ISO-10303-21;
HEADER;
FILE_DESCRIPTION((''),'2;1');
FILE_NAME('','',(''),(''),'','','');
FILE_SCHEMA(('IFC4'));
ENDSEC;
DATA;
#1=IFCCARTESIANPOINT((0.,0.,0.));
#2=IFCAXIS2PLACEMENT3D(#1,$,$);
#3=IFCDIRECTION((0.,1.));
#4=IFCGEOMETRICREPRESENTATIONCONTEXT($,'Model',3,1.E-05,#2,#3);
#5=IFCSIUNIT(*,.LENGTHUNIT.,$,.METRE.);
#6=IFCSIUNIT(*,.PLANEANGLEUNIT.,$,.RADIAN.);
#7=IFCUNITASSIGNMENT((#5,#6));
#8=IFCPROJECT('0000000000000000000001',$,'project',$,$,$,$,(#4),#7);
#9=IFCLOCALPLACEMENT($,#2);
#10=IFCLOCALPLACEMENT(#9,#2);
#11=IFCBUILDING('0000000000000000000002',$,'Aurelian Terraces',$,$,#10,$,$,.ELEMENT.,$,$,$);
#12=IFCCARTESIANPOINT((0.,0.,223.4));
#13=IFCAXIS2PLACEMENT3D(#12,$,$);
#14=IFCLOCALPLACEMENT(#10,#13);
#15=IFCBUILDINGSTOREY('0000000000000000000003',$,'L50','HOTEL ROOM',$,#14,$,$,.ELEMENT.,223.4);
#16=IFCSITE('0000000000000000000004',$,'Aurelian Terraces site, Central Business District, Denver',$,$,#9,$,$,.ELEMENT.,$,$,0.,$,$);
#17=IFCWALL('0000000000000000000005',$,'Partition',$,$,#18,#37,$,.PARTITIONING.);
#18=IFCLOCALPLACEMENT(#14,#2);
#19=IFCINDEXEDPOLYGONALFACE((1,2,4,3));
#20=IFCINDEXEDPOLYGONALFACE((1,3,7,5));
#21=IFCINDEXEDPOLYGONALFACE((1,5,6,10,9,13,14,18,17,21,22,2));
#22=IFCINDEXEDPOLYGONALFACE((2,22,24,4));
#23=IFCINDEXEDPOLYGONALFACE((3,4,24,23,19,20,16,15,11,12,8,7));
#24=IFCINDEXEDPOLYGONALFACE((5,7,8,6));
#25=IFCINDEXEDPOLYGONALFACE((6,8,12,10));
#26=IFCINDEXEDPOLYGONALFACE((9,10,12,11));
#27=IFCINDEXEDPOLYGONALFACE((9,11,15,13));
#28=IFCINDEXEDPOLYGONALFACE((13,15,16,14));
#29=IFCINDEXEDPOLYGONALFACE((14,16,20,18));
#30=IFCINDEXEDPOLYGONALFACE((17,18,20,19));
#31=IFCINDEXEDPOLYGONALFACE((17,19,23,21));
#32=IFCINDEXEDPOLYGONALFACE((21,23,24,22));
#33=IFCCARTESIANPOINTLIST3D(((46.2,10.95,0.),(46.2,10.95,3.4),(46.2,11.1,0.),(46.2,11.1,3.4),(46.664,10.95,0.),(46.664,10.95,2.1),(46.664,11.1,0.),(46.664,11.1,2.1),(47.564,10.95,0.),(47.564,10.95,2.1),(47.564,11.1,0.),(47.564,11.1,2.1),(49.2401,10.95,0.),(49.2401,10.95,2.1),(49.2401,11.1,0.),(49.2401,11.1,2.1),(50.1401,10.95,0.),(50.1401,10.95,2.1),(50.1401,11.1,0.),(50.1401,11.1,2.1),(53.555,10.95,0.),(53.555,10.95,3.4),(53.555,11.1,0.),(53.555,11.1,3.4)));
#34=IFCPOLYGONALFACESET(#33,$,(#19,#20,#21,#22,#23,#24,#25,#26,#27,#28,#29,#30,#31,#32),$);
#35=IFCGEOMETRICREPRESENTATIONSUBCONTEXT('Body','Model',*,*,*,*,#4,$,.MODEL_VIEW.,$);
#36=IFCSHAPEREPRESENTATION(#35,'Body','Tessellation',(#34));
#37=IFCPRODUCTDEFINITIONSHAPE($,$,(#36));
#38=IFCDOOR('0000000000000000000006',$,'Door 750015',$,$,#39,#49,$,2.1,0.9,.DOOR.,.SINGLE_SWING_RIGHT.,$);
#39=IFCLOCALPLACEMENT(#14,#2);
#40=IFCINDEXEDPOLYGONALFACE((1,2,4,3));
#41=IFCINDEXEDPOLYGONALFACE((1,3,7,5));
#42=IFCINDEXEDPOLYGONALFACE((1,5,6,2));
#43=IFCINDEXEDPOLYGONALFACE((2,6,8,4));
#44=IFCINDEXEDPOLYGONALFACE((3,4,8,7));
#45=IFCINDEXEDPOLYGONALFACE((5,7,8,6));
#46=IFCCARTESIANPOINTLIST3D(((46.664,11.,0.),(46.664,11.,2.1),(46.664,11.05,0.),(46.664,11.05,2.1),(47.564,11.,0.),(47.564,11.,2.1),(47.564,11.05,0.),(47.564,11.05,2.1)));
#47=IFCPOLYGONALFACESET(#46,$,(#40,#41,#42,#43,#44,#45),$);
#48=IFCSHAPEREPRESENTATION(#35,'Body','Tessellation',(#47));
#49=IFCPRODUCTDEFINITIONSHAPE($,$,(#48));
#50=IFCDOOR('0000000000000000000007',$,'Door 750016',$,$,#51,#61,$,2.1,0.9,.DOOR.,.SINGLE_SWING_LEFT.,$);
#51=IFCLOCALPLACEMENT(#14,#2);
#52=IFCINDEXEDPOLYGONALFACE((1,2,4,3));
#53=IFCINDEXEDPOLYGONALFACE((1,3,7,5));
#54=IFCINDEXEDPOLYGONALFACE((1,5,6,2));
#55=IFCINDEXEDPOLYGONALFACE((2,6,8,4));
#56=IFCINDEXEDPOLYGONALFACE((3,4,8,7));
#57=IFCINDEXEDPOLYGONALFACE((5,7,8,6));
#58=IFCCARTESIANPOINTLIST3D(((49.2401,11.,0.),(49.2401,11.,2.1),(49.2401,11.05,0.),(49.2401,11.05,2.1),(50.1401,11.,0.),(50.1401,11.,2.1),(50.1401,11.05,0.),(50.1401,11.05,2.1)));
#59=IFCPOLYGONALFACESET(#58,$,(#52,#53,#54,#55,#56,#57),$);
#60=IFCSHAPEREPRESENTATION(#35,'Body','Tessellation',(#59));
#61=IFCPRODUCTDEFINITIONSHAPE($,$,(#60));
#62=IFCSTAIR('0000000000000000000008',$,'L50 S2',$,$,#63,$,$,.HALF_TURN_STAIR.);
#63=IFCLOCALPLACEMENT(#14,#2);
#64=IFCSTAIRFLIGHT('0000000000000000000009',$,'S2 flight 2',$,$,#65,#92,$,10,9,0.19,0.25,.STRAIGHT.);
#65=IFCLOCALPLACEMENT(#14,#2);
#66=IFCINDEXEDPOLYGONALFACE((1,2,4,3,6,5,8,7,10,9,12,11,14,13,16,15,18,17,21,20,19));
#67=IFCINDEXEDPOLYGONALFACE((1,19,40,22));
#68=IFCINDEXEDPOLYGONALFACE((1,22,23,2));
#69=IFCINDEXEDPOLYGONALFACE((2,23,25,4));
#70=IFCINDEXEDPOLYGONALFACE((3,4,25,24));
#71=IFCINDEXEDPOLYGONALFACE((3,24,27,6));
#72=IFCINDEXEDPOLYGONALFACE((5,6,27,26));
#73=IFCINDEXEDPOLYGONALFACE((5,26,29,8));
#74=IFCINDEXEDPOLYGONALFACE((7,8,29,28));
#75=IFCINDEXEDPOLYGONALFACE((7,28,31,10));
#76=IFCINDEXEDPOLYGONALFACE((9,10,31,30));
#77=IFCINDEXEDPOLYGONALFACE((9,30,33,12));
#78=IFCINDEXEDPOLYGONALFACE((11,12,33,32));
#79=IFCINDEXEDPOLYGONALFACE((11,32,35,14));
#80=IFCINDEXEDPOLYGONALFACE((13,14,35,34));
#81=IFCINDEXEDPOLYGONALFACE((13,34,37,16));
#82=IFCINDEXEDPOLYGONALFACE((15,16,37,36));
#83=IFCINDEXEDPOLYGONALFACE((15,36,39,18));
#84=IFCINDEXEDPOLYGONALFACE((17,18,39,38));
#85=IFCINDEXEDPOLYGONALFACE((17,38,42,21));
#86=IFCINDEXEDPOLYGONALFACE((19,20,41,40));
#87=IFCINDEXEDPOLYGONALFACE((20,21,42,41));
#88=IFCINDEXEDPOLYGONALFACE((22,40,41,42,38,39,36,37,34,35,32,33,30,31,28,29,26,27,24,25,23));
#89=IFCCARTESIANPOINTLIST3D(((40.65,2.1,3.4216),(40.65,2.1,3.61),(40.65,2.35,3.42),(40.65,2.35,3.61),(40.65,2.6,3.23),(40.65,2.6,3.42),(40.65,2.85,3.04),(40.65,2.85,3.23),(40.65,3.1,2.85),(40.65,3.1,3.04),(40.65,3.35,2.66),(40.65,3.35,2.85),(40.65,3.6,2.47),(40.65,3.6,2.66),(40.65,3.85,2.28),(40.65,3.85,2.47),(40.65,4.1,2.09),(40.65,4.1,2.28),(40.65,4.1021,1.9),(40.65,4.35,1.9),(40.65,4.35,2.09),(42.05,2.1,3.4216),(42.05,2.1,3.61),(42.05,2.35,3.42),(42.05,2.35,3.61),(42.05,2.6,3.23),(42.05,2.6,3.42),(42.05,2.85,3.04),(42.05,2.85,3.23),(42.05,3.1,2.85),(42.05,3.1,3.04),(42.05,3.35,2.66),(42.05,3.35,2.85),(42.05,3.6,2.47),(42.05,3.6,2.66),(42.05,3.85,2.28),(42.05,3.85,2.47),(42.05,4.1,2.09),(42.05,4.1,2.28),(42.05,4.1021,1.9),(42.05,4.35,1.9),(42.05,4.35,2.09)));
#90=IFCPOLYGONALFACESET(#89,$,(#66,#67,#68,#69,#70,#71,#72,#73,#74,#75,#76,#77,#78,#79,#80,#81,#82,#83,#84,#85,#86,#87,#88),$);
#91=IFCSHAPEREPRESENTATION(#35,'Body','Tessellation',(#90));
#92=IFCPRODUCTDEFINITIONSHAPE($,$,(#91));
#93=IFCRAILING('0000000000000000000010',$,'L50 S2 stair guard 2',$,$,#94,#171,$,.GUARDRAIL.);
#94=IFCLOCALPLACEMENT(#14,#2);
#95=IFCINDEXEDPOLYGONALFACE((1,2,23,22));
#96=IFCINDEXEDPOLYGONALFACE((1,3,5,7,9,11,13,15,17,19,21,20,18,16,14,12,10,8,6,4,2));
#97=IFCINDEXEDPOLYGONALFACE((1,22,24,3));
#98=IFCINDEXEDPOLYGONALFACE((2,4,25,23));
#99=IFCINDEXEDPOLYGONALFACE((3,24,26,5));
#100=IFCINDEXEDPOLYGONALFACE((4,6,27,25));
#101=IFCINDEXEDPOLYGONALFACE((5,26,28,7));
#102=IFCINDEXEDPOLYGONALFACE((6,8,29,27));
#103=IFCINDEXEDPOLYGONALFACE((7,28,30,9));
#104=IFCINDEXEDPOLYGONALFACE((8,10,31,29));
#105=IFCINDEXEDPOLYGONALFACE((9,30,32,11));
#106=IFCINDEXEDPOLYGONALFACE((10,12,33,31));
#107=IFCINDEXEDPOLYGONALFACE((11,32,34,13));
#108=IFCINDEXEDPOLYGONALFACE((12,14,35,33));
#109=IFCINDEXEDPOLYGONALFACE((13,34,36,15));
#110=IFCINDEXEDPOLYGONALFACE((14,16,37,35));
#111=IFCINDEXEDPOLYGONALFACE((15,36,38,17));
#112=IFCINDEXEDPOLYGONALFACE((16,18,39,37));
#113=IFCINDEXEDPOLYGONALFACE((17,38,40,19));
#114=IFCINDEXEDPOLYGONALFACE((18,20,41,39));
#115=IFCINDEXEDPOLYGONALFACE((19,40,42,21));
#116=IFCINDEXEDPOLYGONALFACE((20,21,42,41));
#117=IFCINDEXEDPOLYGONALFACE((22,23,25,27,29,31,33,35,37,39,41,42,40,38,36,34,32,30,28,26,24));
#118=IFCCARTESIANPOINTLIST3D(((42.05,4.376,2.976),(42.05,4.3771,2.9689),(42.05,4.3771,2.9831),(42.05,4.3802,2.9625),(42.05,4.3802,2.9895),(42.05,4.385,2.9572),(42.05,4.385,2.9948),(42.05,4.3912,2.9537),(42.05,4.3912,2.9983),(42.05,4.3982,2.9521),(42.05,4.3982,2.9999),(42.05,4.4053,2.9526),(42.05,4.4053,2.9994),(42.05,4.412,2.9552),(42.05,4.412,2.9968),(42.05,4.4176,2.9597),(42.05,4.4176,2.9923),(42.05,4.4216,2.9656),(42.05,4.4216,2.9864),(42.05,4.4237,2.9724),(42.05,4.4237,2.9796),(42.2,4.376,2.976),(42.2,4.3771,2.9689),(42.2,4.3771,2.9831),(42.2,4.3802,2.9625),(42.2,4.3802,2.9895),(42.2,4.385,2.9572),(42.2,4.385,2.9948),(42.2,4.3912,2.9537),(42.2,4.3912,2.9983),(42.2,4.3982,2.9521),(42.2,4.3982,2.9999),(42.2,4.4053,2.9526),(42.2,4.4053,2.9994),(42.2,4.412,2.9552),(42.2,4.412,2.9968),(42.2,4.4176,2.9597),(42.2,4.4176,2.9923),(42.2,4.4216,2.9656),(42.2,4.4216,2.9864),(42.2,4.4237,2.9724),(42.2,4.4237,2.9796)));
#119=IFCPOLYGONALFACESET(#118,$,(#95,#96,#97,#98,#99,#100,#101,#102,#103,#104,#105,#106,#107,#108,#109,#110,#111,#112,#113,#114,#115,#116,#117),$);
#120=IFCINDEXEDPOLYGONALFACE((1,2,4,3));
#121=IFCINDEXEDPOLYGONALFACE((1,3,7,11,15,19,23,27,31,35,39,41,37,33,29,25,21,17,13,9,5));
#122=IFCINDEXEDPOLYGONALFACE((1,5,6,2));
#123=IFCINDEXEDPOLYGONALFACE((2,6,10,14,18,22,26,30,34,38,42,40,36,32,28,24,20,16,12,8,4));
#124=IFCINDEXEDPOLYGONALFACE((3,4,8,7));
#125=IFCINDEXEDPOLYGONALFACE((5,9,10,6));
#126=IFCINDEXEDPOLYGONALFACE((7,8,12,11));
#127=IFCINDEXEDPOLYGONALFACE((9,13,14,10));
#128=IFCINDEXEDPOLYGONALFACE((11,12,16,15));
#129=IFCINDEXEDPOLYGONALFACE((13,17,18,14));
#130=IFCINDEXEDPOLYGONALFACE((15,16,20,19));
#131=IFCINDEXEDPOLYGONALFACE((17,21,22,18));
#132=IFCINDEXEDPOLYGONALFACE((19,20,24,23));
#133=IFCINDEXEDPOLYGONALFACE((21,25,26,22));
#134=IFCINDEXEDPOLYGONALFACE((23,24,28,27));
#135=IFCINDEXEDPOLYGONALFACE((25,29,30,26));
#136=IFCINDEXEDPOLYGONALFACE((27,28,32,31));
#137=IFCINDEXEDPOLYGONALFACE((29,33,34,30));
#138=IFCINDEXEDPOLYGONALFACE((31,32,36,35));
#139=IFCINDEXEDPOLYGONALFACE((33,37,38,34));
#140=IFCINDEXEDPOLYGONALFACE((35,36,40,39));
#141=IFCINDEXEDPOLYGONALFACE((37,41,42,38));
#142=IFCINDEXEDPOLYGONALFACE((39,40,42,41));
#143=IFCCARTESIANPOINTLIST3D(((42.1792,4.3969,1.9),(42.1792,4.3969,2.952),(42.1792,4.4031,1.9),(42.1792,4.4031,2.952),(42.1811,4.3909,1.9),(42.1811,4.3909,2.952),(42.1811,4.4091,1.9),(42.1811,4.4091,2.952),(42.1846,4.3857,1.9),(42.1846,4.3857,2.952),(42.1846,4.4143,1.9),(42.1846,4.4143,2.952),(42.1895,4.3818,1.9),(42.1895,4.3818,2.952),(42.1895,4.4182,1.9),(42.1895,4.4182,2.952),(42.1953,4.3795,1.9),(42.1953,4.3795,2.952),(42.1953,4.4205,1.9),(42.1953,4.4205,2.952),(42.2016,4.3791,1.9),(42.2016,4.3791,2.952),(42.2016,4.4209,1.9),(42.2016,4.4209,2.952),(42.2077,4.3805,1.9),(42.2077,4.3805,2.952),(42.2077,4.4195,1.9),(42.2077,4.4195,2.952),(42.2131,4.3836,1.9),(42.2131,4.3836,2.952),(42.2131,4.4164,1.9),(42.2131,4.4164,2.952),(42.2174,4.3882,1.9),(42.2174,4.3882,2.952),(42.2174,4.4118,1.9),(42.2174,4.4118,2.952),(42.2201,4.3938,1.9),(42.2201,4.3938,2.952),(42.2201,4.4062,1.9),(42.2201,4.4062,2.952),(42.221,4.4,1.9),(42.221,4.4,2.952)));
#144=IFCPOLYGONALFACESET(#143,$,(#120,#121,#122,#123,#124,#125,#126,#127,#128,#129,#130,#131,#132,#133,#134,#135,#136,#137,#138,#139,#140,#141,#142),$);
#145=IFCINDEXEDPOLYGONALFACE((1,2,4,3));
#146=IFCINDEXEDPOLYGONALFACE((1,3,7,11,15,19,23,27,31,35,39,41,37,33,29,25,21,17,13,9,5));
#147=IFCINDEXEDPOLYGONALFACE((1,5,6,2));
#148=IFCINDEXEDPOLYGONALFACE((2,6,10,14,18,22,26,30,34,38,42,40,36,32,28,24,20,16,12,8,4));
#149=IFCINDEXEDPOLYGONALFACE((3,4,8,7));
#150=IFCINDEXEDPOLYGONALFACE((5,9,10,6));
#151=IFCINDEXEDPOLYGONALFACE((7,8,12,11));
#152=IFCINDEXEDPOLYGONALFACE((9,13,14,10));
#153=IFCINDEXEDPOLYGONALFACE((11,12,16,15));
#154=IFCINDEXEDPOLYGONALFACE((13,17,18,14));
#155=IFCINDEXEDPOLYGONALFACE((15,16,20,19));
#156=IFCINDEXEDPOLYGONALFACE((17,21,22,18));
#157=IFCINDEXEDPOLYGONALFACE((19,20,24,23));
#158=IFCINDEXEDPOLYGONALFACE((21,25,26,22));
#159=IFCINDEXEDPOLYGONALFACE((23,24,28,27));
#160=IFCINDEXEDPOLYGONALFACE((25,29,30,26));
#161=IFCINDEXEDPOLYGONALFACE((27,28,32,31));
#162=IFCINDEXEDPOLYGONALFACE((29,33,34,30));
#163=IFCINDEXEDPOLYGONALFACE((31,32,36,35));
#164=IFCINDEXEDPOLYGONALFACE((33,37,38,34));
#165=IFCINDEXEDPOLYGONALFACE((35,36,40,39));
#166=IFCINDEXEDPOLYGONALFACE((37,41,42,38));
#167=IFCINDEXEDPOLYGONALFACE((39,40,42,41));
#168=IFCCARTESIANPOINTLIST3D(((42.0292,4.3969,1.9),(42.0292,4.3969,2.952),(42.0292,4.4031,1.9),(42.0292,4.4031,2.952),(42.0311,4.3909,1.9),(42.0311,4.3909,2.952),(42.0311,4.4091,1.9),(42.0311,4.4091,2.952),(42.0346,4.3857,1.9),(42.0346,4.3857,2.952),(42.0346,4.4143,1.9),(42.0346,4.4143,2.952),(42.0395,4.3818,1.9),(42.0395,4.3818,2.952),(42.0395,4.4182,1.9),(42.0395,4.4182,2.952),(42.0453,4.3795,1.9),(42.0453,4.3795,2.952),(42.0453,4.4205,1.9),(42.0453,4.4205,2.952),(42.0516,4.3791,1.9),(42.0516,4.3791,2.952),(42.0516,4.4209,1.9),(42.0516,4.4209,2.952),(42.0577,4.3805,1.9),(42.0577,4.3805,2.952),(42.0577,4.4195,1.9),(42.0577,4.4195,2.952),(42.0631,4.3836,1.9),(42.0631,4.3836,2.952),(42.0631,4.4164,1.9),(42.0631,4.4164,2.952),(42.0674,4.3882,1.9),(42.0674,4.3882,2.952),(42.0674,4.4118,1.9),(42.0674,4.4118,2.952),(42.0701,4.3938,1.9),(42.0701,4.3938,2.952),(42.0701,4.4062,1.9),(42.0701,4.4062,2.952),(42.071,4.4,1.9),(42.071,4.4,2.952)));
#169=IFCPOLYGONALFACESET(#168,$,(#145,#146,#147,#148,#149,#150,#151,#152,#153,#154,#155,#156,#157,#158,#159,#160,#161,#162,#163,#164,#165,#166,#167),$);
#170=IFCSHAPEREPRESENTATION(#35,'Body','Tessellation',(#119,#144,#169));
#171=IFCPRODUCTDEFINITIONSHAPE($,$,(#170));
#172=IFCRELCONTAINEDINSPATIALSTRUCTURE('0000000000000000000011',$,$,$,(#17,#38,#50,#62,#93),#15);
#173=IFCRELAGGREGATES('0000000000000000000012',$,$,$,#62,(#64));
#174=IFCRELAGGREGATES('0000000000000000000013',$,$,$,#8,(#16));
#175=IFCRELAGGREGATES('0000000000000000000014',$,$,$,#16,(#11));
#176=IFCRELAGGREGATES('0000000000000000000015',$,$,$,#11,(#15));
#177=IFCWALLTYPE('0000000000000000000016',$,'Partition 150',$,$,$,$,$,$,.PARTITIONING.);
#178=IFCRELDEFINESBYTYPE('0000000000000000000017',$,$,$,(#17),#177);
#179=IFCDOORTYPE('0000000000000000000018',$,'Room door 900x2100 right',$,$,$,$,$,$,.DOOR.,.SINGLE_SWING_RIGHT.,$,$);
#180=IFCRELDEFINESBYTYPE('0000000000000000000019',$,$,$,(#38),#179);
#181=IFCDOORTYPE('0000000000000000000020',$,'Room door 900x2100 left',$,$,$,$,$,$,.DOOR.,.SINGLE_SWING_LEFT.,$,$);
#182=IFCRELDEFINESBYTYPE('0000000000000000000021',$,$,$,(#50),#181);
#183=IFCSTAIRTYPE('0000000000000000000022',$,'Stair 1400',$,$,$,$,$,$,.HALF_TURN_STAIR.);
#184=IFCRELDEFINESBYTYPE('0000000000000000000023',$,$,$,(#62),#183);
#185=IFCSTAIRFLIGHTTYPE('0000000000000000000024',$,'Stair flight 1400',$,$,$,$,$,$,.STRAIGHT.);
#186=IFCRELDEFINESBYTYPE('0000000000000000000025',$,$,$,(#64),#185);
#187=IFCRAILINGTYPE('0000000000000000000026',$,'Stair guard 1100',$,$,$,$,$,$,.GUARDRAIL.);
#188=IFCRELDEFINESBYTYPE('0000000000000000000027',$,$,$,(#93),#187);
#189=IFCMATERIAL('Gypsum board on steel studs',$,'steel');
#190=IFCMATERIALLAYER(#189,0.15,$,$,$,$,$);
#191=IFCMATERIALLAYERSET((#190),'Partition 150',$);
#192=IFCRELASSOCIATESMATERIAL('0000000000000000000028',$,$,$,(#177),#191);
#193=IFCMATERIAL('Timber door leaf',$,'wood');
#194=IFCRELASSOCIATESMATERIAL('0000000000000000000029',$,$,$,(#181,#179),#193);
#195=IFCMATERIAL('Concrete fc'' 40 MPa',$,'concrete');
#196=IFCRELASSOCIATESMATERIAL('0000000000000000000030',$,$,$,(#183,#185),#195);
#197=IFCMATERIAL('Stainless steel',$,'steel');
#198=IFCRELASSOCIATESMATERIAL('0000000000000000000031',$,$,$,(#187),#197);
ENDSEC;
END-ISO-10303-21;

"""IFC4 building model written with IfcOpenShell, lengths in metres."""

from ifc_helpers import new_model, si_unit, direction, frame, frame_2d, origin, origin_2d, place, context, subcontext, project, spatial, polyline, rectangle, circle, outline, extrude, source, transform, mapped, material, layer, layer_set, type_object, element, fill, aggregate, save


model = new_model("IFC4")

# Units and contexts
model_context = context("Model", 3, precision=1e-05, world=origin(), true_north=direction((0.0, 1.0)))
body_context = subcontext(model_context, "Body", "Model", "MODEL_VIEW")
ifc_project = project(units=[si_unit("LENGTHUNIT", "METRE"), si_unit("PLANEANGLEUNIT", "RADIAN")], contexts=[model_context])

# Site, building, storey
site_placement = place(None, origin())
site = spatial("IfcSite", under=ifc_project, at=site_placement, Name="Aurelian Terraces site, Central Business District, Denver", CompositionType="ELEMENT", RefElevation=0.0)
building_placement = place(site_placement, origin())
building = spatial("IfcBuilding", under=site, at=building_placement, Name="Aurelian Terraces", CompositionType="ELEMENT")
storey_placement = place(building_placement, frame((0.0, 0.0, 223.4)))
storey = spatial("IfcBuildingStorey", under=building, at=storey_placement, Name="L50", Description="HOTEL ROOM", CompositionType="ELEMENT", Elevation=223.4)

# Shared definitions
ifc_material_1 = material(Name="Gypsum board on steel studs", Category="steel")
ifc_layer_1 = layer(ifc_material_1, 0.15)
ifc_layer_set_1 = layer_set([ifc_layer_1], Name="Partition 150")
wall_type_1 = type_object("IfcWallType", Name="Partition 150", PredefinedType="PARTITIONING", material=ifc_layer_set_1)

# Shared definitions
shared_shape_1 = source(origin(), body_context, "Body", "SweptSolid", [
    extrude(rectangle(XDim=0.9, YDim=2.1, at=frame_2d((0.45, 1.05))), frame((0.0, 0.085, 0.0), z_axis=(0.0, -1.0, 0.0), x_axis=(1.0, 0.0, 0.0)), (0.0, 0.0, 1.0), 0.17),
])
ifc_material_2 = material(Name="Timber door leaf", Category="wood")
door_type_1 = type_object("IfcDoorType", Name="Room door 900x2100 left", OperationType="SINGLE_SWING_LEFT", PredefinedType="DOOR", material=ifc_material_2)
shared_shape_2 = source(origin(), body_context, "Body", "SweptSolid", [
    extrude(rectangle(XDim=0.9, YDim=2.1, at=frame_2d((0.45, 1.05))), frame((0.0, 0.025, 0.0), z_axis=(0.0, -1.0, 0.0), x_axis=(1.0, 0.0, 0.0)), (0.0, 0.0, 1.0), 0.05),
])

# Shared definitions
door_type_2 = type_object("IfcDoorType", Name="Room door 900x2100 right", OperationType="SINGLE_SWING_RIGHT", PredefinedType="DOOR", material=ifc_material_2)

# Wall, openings, doors
shared_shape_3 = source(origin(), body_context, "Body", "SweptSolid", [
    extrude(rectangle(XDim=7.355, YDim=0.15, at=frame_2d((3.6775, 0.0))), origin(), (0.0, 0.0, 1.0), 3.4),
])
wall_1_placement = place(storey_placement, frame((53.555, 11.025, 0.0), z_axis=(0.0, 0.0, 1.0), x_axis=(-1.0, 0.0, 0.0)))
wall_1 = element("IfcWall", 1, at=wall_1_placement, inside=storey, type_object=wall_type_1, Name="Partition", PredefinedType="PARTITIONING", context=body_context, shape_type="MappedRepresentation", body=[
    mapped(shared_shape_3, transform((0.0, 0.0, 0.0), scale=1.0)),
])
opening_1_placement = place(wall_1_placement, frame((5.991, 0.0, 0.0)))
opening_1 = element("IfcOpeningElement", 2, at=opening_1_placement, cuts=wall_1, PredefinedType="OPENING", context=body_context, shape_type="MappedRepresentation", body=[
    mapped(shared_shape_1, transform((0.0, 0.0, 0.0), scale=1.0)),
])
opening_2_placement = place(wall_1_placement, frame((3.4149, 0.0, 0.0)))
opening_2 = element("IfcOpeningElement", 3, at=opening_2_placement, cuts=wall_1, PredefinedType="OPENING", context=body_context, shape_type="MappedRepresentation", body=[
    mapped(shared_shape_1, transform((0.0, 0.0, 0.0), scale=1.0)),
])
door_1_placement = place(opening_1_placement, origin())
door_1 = element("IfcDoor", 4, at=door_1_placement, inside=storey, type_object=door_type_2, Name="Door 750015", OperationType="SINGLE_SWING_RIGHT", OverallHeight=2.1, OverallWidth=0.9, PredefinedType="DOOR", context=body_context, shape_type="MappedRepresentation", body=[
    mapped(shared_shape_2, transform((0.0, 0.0, 0.0), scale=1.0)),
])
fill(opening_1, door_1)
door_2_placement = place(opening_2_placement, origin())
door_2 = element("IfcDoor", 5, at=door_2_placement, inside=storey, type_object=door_type_1, Name="Door 750016", OperationType="SINGLE_SWING_LEFT", OverallHeight=2.1, OverallWidth=0.9, PredefinedType="DOOR", context=body_context, shape_type="MappedRepresentation", body=[
    mapped(shared_shape_2, transform((0.0, 0.0, 0.0), scale=1.0)),
])
fill(opening_2, door_2)

# Stair, stair flight
ifc_material_3 = material(Name="Concrete fc' 40 MPa", Category="concrete")
stair_type = type_object("IfcStairType", Name="Stair 1400", PredefinedType="HALF_TURN_STAIR", material=ifc_material_3)
stair_placement = place(storey_placement, origin())
stair = element("IfcStair", 6, at=stair_placement, inside=storey, type_object=stair_type, Name="L50 S2", PredefinedType="HALF_TURN_STAIR")
stair_flight_type = type_object("IfcStairFlightType", Name="Stair flight 1400", PredefinedType="STRAIGHT", material=ifc_material_3)
shared_shape_4 = source(origin(), body_context, "Body", "SweptSolid", [
    extrude(outline(polyline([(0.0, 0.0), (0.0, 0.19), (0.25, 0.19), (0.25, 0.38), (0.5, 0.38), (0.5, 0.57), (0.75, 0.57), (0.75, 0.76), (1.0, 0.76), (1.0, 0.95), (1.25, 0.95), (1.25, 1.14), (1.5, 1.14), (1.5, 1.33), (1.75, 1.33), (1.75, 1.52), (2.0, 1.52), (2.0, 1.71), (2.25, 1.71), (2.25, 1.9), (2.25, 1.5216), (0.2479, 0.0), (0.0, 0.0)])), frame((0.0, 0.7, 0.0), z_axis=(0.0, -1.0, 0.0), x_axis=(1.0, 0.0, 0.0)), (0.0, 0.0, 1.0), 1.4),
])
stair_flight_placement = place(storey_placement, frame((41.35, 4.35, 1.9), z_axis=(0.0, 0.0, 1.0), x_axis=(0.0, -1.0, 0.0)))
stair_flight = element("IfcStairFlight", 7, at=stair_flight_placement, type_object=stair_flight_type, Name="S2 flight 2", NumberOfRisers=10, NumberOfTreads=9, PredefinedType="STRAIGHT", RiserHeight=0.19, TreadLength=0.25, context=body_context, shape_type="MappedRepresentation", body=[
    mapped(shared_shape_4, transform((0.0, 0.0, 0.0), scale=1.0)),
])
aggregate(stair, [stair_flight])

# Railing
ifc_material_4 = material(Name="Stainless steel", Category="steel")
railing_type_1 = type_object("IfcRailingType", Name="Stair guard 1100", PredefinedType="GUARDRAIL", material=ifc_material_4)
shared_shape_5 = source(origin(), body_context, "Body", "SweptSolid", [
    extrude(circle(Radius=0.024, at=origin_2d()), frame((0.0, 0.0, 1.076), z_axis=(-1.0, 0.0, 0.0), x_axis=(0.0, -1.0, 0.0)), (0.0, 0.0, 1.0), 0.15),
    extrude(circle(Radius=0.021, at=origin_2d()), origin(), (0.0, 0.0, 1.0), 1.052),
    extrude(circle(Radius=0.021, at=origin_2d()), frame((-0.15, 0.0, 0.0)), (0.0, 0.0, 1.0), 1.052),
])
railing_1_placement = place(storey_placement, frame((42.2, 4.4, 1.9)))
element("IfcRailing", 8, at=railing_1_placement, inside=storey, type_object=railing_type_1, Name="L50 S2 stair guard 2", PredefinedType="GUARDRAIL", context=body_context, shape_type="MappedRepresentation", body=[
    mapped(shared_shape_5, transform((0.0, 0.0, 0.0), scale=1.0)),
])

save(model, "model.ifc")
